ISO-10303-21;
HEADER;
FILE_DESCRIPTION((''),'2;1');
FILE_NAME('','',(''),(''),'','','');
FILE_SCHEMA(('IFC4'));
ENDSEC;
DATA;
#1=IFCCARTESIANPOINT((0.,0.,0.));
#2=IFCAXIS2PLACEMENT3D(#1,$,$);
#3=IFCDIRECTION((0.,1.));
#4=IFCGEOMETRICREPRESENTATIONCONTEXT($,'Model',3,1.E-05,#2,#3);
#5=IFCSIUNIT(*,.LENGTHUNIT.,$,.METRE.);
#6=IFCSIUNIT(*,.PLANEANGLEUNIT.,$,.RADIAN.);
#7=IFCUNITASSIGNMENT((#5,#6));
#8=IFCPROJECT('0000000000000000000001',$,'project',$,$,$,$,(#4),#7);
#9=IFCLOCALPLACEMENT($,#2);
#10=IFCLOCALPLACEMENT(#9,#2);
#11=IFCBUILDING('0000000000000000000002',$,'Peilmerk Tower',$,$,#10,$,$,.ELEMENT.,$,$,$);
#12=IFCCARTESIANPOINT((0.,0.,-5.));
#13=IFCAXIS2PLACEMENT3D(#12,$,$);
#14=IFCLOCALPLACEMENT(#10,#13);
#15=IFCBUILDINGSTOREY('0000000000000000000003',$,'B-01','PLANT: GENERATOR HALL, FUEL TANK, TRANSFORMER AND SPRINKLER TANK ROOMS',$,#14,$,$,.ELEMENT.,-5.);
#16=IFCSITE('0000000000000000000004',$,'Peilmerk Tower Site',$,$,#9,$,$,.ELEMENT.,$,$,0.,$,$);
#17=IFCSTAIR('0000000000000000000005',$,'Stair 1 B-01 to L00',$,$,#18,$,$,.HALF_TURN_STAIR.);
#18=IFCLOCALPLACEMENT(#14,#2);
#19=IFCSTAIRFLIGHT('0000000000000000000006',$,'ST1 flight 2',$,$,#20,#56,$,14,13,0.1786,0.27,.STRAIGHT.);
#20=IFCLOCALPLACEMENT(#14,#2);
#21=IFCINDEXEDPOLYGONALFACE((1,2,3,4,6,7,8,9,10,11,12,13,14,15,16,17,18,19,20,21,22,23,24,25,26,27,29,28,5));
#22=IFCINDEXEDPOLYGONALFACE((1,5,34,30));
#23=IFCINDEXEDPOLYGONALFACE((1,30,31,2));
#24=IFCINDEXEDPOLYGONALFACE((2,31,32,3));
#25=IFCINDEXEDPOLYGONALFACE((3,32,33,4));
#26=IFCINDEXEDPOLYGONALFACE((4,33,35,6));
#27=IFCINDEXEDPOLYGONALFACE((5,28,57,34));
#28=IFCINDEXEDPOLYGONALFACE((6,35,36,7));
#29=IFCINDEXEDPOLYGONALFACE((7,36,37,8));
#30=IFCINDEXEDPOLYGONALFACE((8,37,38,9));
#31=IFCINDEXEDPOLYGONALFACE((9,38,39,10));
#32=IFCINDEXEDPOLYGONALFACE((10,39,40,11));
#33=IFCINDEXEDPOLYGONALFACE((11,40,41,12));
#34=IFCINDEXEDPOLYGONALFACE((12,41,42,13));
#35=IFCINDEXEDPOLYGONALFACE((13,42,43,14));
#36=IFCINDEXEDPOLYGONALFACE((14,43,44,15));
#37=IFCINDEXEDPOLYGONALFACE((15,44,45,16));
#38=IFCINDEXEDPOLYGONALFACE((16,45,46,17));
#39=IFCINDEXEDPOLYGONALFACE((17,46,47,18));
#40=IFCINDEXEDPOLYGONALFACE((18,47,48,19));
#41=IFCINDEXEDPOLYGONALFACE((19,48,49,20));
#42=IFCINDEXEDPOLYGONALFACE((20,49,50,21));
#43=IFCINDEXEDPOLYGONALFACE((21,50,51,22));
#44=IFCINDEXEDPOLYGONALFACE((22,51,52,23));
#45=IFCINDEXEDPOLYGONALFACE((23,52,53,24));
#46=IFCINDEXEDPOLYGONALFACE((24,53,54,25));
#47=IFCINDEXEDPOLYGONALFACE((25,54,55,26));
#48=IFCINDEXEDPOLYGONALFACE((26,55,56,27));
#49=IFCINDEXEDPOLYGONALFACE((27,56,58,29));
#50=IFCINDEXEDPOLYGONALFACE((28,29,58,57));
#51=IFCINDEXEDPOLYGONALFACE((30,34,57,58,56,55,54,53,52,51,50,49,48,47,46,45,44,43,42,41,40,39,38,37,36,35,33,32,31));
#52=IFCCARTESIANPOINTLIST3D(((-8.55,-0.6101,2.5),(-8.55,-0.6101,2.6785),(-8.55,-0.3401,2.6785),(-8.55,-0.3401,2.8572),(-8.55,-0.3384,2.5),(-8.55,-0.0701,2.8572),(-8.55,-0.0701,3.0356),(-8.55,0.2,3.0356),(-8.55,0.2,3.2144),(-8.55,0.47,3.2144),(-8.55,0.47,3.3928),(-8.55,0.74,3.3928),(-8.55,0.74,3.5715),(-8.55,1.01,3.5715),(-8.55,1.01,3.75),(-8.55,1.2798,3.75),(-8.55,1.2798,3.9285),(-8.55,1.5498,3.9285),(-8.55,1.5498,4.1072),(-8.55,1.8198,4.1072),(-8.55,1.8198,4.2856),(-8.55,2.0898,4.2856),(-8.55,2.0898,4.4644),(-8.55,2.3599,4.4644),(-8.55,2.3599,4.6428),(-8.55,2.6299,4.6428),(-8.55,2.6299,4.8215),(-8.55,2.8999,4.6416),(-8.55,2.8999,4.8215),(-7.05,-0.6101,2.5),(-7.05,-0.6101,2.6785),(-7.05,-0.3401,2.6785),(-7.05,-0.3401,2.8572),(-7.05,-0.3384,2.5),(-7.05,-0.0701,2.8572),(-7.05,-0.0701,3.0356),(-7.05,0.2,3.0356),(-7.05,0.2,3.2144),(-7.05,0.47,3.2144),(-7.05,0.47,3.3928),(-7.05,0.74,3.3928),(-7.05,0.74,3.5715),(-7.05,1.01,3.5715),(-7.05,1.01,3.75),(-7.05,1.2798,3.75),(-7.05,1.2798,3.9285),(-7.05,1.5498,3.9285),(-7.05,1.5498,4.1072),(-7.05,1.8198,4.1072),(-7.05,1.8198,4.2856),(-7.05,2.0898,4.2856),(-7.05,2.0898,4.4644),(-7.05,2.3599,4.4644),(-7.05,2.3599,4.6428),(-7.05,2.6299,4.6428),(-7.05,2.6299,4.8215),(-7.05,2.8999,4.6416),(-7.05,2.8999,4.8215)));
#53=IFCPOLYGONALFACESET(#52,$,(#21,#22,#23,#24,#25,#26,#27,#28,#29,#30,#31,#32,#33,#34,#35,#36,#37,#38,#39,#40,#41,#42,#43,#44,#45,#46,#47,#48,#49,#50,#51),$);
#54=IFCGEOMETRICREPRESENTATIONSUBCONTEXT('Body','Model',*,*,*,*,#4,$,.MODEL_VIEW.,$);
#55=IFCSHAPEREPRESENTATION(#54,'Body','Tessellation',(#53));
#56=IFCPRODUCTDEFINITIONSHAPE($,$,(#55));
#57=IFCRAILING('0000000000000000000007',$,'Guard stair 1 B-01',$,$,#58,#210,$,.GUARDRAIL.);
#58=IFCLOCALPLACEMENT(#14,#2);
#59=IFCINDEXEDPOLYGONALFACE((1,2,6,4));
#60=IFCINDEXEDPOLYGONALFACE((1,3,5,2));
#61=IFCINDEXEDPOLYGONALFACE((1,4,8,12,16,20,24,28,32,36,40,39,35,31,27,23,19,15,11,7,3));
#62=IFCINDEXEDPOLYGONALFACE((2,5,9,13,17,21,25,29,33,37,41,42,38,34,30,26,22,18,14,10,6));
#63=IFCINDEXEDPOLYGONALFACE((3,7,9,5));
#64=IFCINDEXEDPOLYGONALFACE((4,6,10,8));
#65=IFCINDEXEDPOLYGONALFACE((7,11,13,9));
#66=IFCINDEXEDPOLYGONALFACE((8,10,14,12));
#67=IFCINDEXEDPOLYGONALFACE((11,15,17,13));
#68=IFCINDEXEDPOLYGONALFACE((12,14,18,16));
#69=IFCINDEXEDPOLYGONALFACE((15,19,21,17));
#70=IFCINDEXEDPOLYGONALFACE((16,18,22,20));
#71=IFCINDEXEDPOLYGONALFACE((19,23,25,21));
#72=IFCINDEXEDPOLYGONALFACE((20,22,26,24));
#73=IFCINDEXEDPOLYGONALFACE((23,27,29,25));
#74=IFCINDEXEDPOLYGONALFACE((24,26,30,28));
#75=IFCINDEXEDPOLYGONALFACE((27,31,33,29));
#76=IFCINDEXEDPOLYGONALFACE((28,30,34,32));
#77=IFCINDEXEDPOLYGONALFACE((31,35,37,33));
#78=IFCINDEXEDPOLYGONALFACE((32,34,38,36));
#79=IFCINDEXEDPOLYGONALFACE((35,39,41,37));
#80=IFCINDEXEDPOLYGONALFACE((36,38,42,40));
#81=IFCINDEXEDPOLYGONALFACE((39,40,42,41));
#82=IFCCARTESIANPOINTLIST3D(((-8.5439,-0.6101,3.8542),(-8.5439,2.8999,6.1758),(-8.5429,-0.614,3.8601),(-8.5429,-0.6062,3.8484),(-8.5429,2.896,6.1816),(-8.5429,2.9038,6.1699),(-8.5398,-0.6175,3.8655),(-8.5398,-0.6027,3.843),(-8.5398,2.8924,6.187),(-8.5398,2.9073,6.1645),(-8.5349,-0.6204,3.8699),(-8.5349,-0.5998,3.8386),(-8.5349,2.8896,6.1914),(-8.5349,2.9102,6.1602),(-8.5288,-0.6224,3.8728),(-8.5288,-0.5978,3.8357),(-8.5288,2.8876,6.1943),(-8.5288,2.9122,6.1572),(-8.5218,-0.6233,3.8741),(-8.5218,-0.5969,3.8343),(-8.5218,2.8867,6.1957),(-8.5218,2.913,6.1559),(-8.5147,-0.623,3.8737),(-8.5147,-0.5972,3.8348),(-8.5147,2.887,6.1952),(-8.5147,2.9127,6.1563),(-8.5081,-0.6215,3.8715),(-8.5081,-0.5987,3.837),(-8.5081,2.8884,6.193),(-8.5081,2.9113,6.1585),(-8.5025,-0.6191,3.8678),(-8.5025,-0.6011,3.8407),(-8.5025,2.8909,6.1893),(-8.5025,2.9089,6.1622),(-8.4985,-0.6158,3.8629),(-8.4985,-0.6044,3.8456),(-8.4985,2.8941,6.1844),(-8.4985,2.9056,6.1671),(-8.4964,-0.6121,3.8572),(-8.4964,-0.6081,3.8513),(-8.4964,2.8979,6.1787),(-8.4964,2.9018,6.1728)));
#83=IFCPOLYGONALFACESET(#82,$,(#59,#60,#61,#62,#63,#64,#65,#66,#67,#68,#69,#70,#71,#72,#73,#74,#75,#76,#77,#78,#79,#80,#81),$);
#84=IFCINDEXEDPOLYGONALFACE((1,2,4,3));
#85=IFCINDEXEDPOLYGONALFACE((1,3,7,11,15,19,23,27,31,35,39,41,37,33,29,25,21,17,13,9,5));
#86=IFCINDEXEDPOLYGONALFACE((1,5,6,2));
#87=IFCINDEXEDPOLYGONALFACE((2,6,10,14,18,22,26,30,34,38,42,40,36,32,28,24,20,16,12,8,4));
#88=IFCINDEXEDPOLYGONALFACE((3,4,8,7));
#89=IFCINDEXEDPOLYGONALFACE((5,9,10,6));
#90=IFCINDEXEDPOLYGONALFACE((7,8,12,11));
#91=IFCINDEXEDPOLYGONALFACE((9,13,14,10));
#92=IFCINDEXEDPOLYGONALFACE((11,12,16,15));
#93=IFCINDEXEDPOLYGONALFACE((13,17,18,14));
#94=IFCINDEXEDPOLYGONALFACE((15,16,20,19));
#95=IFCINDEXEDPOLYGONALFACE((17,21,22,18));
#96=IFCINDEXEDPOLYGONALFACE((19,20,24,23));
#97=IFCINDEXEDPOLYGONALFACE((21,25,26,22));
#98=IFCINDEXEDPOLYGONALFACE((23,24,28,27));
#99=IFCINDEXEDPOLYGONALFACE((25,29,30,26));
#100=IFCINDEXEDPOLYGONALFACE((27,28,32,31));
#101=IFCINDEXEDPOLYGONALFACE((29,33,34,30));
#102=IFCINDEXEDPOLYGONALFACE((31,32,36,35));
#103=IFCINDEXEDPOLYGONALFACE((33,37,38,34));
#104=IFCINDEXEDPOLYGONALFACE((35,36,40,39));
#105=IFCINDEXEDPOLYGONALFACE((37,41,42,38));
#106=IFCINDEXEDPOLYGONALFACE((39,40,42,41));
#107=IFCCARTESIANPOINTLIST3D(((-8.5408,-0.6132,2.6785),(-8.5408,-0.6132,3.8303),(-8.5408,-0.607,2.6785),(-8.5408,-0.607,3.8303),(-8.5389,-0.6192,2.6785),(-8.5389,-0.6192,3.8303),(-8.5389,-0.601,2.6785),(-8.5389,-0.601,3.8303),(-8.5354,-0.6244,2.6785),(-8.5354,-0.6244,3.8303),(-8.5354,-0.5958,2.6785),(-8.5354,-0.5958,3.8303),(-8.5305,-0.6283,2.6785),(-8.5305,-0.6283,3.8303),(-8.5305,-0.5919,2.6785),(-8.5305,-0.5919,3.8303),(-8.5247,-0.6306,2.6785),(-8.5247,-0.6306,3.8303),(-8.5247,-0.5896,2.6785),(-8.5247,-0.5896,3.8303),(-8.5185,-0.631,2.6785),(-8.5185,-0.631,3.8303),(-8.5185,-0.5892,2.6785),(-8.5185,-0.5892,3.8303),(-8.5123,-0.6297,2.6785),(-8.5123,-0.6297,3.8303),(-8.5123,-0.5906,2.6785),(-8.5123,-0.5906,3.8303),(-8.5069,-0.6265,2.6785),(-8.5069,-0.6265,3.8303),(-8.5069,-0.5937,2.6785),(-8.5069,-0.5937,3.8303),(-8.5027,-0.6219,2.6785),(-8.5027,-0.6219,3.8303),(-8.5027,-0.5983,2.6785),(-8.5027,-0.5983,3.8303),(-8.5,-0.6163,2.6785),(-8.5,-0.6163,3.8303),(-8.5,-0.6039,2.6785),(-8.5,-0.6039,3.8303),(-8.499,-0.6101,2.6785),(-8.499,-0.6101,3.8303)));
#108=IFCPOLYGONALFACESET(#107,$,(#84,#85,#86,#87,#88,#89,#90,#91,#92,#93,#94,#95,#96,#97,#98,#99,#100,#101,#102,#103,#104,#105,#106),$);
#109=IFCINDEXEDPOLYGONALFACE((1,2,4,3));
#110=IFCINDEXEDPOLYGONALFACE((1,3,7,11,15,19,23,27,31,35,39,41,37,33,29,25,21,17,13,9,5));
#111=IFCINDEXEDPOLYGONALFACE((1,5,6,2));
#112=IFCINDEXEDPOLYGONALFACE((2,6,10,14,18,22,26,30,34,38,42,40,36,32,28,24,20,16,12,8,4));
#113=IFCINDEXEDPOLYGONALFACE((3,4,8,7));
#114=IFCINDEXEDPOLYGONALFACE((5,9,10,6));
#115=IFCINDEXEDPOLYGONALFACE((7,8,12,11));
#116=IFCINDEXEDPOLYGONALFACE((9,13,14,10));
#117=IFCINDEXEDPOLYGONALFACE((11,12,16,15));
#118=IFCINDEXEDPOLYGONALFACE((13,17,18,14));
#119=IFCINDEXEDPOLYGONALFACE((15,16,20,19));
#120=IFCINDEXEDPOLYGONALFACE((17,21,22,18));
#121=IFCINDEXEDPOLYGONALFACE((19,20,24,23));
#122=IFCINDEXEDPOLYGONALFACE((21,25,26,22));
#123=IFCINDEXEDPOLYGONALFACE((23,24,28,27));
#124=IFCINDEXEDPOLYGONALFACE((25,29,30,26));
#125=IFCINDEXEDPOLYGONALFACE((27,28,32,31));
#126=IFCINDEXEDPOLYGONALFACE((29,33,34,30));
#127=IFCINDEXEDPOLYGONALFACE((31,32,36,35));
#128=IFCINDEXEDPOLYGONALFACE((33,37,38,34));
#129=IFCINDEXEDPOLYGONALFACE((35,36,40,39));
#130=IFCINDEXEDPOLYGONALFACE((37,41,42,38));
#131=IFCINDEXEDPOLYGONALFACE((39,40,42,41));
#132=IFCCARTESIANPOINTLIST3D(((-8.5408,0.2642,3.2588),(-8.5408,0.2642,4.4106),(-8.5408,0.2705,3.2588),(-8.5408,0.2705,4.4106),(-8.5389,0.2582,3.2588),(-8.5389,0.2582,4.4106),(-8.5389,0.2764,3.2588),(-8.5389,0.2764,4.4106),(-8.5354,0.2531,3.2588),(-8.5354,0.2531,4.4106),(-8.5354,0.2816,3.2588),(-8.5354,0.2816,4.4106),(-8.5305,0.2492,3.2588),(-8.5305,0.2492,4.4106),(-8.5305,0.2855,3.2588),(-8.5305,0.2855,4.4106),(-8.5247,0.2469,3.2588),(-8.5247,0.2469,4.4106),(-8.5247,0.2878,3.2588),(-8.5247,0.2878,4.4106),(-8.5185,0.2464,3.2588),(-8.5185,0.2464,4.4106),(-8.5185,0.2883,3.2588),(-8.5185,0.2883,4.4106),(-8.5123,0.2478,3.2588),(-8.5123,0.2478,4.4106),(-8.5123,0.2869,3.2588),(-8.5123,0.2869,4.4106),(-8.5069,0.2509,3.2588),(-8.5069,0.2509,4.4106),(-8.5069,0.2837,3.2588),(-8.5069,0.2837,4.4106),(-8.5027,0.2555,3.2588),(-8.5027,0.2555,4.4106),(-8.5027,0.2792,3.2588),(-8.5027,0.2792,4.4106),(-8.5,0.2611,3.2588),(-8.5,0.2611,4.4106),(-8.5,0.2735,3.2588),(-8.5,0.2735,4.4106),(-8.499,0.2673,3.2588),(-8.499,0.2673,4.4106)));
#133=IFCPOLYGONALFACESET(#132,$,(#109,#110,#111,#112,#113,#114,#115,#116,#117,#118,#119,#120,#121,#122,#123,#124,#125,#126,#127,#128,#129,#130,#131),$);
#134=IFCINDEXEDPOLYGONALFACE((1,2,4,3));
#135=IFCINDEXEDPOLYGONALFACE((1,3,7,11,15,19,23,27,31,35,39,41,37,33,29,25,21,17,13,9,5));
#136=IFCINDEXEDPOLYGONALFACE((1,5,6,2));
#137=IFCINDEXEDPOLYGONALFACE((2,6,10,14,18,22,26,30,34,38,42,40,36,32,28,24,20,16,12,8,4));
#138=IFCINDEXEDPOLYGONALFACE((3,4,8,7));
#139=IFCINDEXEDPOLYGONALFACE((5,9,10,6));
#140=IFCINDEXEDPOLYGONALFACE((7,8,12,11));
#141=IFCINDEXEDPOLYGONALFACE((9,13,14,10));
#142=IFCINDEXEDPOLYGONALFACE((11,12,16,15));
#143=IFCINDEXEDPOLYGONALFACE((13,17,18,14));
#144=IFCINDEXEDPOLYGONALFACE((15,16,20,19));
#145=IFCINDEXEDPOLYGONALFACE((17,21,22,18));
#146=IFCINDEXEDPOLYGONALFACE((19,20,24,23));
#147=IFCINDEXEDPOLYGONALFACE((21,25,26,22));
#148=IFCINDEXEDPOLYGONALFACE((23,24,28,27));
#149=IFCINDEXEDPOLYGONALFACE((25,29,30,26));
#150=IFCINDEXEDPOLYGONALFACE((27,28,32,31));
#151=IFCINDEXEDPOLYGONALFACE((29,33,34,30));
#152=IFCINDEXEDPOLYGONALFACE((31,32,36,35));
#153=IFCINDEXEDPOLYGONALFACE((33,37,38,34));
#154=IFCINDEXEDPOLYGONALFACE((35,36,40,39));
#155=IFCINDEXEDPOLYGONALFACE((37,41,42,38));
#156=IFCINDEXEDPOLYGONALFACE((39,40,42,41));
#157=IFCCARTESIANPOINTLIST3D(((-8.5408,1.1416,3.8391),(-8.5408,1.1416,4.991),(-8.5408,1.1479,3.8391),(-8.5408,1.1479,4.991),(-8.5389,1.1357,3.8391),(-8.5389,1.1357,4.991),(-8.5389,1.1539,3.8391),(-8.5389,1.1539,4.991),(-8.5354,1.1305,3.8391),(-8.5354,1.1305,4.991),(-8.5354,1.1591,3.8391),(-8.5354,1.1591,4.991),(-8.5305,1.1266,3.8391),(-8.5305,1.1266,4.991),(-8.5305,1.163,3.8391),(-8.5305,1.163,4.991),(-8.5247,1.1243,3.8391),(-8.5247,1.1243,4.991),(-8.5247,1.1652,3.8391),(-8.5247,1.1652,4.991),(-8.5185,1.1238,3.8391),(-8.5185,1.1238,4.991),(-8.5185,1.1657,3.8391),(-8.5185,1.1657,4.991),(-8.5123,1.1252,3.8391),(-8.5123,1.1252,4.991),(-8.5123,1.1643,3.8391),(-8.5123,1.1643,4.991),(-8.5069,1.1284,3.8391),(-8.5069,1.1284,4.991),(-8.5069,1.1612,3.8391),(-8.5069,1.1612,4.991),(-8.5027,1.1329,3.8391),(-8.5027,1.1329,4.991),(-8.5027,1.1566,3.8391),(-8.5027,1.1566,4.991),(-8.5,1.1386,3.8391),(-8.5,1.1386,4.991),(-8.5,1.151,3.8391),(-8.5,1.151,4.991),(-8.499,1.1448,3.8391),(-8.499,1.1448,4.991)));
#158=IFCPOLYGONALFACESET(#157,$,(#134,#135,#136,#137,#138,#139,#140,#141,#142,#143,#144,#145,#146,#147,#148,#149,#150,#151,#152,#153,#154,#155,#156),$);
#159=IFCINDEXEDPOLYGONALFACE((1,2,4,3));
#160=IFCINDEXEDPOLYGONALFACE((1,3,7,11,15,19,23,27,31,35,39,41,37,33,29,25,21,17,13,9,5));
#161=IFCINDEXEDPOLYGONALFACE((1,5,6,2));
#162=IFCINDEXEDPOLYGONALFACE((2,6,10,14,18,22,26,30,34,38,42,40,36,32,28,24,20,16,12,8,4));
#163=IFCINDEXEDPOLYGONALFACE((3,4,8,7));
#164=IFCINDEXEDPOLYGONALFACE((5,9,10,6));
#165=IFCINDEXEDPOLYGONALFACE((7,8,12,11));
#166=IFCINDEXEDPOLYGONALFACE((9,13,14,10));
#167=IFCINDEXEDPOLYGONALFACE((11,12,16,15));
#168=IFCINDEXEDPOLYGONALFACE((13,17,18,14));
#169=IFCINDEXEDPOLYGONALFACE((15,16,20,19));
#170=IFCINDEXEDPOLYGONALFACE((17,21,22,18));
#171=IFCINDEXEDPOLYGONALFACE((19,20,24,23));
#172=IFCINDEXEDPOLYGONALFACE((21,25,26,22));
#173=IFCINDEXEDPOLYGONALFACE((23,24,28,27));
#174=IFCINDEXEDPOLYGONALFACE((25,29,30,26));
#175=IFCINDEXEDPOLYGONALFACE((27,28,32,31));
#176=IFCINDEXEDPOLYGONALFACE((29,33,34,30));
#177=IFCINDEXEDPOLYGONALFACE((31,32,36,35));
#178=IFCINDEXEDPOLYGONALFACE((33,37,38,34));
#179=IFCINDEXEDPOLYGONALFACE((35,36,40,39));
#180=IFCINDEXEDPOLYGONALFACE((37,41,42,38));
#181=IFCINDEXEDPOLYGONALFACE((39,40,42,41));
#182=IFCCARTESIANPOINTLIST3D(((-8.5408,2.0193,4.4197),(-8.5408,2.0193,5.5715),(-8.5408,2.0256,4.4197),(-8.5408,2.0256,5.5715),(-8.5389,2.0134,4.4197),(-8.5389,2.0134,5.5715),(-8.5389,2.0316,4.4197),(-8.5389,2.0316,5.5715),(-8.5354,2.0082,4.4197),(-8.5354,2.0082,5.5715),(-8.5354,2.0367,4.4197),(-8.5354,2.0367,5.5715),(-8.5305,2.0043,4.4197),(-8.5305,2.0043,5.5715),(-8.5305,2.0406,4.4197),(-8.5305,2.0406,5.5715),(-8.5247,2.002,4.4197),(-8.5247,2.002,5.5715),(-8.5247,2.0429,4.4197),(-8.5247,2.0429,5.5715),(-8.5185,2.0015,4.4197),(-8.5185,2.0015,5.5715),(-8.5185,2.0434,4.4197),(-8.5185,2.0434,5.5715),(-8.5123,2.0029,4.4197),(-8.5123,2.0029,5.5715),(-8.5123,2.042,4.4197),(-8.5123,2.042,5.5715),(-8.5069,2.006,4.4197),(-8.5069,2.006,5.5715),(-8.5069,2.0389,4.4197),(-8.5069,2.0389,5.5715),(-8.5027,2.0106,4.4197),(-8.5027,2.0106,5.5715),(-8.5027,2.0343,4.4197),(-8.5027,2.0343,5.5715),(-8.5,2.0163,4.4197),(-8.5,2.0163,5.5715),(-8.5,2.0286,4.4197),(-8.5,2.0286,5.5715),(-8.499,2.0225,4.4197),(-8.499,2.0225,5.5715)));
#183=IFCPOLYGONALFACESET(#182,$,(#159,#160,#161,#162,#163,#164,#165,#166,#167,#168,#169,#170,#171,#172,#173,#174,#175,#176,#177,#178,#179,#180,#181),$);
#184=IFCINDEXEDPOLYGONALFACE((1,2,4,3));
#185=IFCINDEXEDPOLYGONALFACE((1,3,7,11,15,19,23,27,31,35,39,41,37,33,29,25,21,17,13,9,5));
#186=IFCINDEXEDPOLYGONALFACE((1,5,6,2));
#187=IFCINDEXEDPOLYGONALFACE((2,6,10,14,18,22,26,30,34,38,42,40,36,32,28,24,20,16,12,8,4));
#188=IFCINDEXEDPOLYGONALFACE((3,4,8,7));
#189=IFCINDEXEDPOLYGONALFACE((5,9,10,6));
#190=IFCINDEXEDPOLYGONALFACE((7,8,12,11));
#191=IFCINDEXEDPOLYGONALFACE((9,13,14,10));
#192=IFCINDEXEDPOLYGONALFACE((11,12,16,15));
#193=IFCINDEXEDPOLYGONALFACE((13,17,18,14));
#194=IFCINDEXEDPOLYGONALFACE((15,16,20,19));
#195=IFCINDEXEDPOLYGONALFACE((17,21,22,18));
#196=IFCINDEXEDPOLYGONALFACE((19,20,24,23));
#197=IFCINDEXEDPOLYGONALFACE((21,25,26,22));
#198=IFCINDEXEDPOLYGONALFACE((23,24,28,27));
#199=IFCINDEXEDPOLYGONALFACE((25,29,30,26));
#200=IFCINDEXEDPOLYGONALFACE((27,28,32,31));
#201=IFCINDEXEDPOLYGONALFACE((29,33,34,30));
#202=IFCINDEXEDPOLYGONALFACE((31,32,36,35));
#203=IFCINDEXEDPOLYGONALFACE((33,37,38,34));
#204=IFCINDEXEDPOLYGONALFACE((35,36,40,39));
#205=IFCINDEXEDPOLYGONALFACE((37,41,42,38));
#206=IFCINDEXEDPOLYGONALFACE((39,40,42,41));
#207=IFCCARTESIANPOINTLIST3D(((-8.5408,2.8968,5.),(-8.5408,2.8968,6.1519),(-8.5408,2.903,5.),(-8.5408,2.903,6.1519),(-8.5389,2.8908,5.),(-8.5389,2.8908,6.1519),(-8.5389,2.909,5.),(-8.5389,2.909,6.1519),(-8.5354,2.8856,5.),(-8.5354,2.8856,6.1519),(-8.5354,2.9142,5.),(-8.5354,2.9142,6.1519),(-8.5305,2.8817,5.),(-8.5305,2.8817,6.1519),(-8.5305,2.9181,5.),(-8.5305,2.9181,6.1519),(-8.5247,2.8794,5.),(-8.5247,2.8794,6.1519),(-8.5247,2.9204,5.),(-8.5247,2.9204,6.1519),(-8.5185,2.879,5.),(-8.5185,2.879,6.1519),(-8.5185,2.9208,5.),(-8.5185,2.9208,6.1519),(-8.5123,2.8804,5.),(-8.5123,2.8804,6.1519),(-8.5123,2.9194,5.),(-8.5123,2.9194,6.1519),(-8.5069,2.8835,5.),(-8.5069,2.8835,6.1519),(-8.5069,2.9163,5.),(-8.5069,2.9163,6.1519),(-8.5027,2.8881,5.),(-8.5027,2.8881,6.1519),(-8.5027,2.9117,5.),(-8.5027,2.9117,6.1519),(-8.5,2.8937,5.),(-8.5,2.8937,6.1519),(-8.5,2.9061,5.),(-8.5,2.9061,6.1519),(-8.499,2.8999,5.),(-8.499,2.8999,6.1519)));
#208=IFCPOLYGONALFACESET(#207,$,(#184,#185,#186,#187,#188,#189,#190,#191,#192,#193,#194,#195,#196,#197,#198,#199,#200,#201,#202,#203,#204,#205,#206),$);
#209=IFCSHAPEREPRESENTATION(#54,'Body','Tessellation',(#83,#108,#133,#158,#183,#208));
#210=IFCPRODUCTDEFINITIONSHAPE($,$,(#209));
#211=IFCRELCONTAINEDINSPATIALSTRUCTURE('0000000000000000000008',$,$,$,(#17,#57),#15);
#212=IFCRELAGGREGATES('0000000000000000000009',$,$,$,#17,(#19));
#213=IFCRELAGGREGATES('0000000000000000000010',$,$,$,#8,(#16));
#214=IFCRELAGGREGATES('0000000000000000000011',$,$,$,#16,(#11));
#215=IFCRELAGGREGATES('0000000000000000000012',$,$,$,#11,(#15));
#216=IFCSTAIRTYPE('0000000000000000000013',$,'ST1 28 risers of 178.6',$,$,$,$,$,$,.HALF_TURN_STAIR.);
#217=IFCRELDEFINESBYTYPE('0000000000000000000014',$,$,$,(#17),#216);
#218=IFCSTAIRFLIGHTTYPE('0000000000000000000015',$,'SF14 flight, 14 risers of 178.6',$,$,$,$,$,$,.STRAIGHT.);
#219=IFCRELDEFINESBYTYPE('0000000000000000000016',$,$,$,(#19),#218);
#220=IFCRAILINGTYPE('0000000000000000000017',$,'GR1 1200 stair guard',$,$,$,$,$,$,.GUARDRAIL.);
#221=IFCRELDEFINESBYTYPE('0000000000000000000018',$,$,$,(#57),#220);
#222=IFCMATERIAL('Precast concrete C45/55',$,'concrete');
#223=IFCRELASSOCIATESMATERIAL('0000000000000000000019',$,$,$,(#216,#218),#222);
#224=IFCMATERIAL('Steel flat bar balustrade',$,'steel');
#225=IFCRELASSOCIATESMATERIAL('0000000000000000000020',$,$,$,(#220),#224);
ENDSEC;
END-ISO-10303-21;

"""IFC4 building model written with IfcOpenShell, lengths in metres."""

from ifc_helpers import new_model, si_unit, direction, frame, origin, origin_2d, place, context, subcontext, project, spatial, polyline, circle, outline, extrude, material, type_object, element, aggregate, save


model = new_model("IFC4")

# Units and contexts
model_context = context("Model", 3, precision=1e-05, world=origin(), true_north=direction((0.0, 1.0)))
body_context = subcontext(model_context, "Body", "Model", "MODEL_VIEW")
ifc_project = project(units=[si_unit("LENGTHUNIT", "METRE"), si_unit("PLANEANGLEUNIT", "RADIAN")], contexts=[model_context])

# Site, building, storey
site_placement = place(None, origin())
site = spatial("IfcSite", under=ifc_project, at=site_placement, Name="Peilmerk Tower Site", CompositionType="ELEMENT", RefElevation=0.0)
building_placement = place(site_placement, origin())
building = spatial("IfcBuilding", under=site, at=building_placement, Name="Peilmerk Tower", CompositionType="ELEMENT")
storey_placement = place(building_placement, frame((0.0, 0.0, -5.0)))
storey = spatial("IfcBuildingStorey", under=building, at=storey_placement, Name="B-01", Description="PLANT: GENERATOR HALL, FUEL TANK, TRANSFORMER AND SPRINKLER TANK ROOMS", CompositionType="ELEMENT", Elevation=-5.0)

# Stair, stair flight
ifc_material_1 = material(Name="Precast concrete C45/55", Category="concrete")
stair_type = type_object("IfcStairType", Name="ST1 28 risers of 178.6", PredefinedType="HALF_TURN_STAIR", material=ifc_material_1)
stair_placement = place(storey_placement, origin())
stair = element("IfcStair", 1, at=stair_placement, inside=storey, type_object=stair_type, Name="Stair 1 B-01 to L00", PredefinedType="HALF_TURN_STAIR")
stair_flight_type = type_object("IfcStairFlightType", Name="SF14 flight, 14 risers of 178.6", PredefinedType="STRAIGHT", material=ifc_material_1)
stair_flight_placement = place(storey_placement, frame((-7.8, -0.6101, 2.5), z_axis=(0.0, 0.0, 1.0), x_axis=(0.0, 1.0, 0.0)))
stair_flight = element("IfcStairFlight", 2, at=stair_flight_placement, type_object=stair_flight_type, Name="ST1 flight 2", NumberOfRisers=14, NumberOfTreads=13, PredefinedType="STRAIGHT", RiserHeight=0.1786, TreadLength=0.27, context=body_context, shape_type="SweptSolid", body=[
    extrude(outline(polyline([(0.0, 0.0), (0.0, 0.1785), (0.27, 0.1785), (0.27, 0.3572), (0.54, 0.3572), (0.54, 0.5356), (0.8101, 0.5356), (0.8101, 0.7144), (1.0801, 0.7144), (1.0801, 0.8928), (1.3501, 0.8928), (1.3501, 1.0715), (1.6201, 1.0715), (1.6201, 1.25), (1.8899, 1.25), (1.8899, 1.4285), (2.1599, 1.4285), (2.1599, 1.6072), (2.4299, 1.6072), (2.4299, 1.7856), (2.7, 1.7856), (2.7, 1.9644), (2.97, 1.9644), (2.97, 2.1428), (3.24, 2.1428), (3.24, 2.3215), (3.51, 2.3215), (3.51, 2.5), (3.51, 2.1416), (0.2717, 0.0), (0.0, 0.0)])), frame((0.0, 0.75, 0.0), z_axis=(0.0, -1.0, 0.0), x_axis=(1.0, 0.0, 0.0)), (0.0, 0.0, 1.0), 1.5),
])
aggregate(stair, [stair_flight])

# Railing
ifc_material_2 = material(Name="Steel flat bar balustrade", Category="steel")
railing_type_1 = type_object("IfcRailingType", Name="GR1 1200 stair guard", PredefinedType="GUARDRAIL", material=ifc_material_2)
railing_1_placement = place(storey_placement, frame((-8.52, -0.6101, 2.6785)))
element("IfcRailing", 3, at=railing_1_placement, inside=storey, type_object=railing_type_1, Name="Guard stair 1 B-01", PredefinedType="GUARDRAIL", context=body_context, shape_type="SweptSolid", body=[
    extrude(circle(Radius=0.0239, at=origin_2d()), frame((0.0, 0.0, 1.1758), z_axis=(0.0, 0.834071, 0.551657), x_axis=(-1.0, 0.0, 0.0)), (0.0, 0.0, 1.0), 4.2083),
    extrude(circle(Radius=0.021, at=origin_2d()), origin(), (0.0, 0.0, 1.0), 1.1519),
    extrude(circle(Radius=0.021, at=origin_2d()), frame((0.0, 0.8774, 0.5803)), (0.0, 0.0, 1.0), 1.1519),
    extrude(circle(Radius=0.021, at=origin_2d()), frame((0.0, 1.7549, 1.1606)), (0.0, 0.0, 1.0), 1.1519),
    extrude(circle(Radius=0.021, at=origin_2d()), frame((0.0, 2.6326, 1.7412)), (0.0, 0.0, 1.0), 1.1519),
    extrude(circle(Radius=0.021, at=origin_2d()), frame((0.0, 3.51, 2.3215)), (0.0, 0.0, 1.0), 1.1519),
])

save(model, "model.ifc")
